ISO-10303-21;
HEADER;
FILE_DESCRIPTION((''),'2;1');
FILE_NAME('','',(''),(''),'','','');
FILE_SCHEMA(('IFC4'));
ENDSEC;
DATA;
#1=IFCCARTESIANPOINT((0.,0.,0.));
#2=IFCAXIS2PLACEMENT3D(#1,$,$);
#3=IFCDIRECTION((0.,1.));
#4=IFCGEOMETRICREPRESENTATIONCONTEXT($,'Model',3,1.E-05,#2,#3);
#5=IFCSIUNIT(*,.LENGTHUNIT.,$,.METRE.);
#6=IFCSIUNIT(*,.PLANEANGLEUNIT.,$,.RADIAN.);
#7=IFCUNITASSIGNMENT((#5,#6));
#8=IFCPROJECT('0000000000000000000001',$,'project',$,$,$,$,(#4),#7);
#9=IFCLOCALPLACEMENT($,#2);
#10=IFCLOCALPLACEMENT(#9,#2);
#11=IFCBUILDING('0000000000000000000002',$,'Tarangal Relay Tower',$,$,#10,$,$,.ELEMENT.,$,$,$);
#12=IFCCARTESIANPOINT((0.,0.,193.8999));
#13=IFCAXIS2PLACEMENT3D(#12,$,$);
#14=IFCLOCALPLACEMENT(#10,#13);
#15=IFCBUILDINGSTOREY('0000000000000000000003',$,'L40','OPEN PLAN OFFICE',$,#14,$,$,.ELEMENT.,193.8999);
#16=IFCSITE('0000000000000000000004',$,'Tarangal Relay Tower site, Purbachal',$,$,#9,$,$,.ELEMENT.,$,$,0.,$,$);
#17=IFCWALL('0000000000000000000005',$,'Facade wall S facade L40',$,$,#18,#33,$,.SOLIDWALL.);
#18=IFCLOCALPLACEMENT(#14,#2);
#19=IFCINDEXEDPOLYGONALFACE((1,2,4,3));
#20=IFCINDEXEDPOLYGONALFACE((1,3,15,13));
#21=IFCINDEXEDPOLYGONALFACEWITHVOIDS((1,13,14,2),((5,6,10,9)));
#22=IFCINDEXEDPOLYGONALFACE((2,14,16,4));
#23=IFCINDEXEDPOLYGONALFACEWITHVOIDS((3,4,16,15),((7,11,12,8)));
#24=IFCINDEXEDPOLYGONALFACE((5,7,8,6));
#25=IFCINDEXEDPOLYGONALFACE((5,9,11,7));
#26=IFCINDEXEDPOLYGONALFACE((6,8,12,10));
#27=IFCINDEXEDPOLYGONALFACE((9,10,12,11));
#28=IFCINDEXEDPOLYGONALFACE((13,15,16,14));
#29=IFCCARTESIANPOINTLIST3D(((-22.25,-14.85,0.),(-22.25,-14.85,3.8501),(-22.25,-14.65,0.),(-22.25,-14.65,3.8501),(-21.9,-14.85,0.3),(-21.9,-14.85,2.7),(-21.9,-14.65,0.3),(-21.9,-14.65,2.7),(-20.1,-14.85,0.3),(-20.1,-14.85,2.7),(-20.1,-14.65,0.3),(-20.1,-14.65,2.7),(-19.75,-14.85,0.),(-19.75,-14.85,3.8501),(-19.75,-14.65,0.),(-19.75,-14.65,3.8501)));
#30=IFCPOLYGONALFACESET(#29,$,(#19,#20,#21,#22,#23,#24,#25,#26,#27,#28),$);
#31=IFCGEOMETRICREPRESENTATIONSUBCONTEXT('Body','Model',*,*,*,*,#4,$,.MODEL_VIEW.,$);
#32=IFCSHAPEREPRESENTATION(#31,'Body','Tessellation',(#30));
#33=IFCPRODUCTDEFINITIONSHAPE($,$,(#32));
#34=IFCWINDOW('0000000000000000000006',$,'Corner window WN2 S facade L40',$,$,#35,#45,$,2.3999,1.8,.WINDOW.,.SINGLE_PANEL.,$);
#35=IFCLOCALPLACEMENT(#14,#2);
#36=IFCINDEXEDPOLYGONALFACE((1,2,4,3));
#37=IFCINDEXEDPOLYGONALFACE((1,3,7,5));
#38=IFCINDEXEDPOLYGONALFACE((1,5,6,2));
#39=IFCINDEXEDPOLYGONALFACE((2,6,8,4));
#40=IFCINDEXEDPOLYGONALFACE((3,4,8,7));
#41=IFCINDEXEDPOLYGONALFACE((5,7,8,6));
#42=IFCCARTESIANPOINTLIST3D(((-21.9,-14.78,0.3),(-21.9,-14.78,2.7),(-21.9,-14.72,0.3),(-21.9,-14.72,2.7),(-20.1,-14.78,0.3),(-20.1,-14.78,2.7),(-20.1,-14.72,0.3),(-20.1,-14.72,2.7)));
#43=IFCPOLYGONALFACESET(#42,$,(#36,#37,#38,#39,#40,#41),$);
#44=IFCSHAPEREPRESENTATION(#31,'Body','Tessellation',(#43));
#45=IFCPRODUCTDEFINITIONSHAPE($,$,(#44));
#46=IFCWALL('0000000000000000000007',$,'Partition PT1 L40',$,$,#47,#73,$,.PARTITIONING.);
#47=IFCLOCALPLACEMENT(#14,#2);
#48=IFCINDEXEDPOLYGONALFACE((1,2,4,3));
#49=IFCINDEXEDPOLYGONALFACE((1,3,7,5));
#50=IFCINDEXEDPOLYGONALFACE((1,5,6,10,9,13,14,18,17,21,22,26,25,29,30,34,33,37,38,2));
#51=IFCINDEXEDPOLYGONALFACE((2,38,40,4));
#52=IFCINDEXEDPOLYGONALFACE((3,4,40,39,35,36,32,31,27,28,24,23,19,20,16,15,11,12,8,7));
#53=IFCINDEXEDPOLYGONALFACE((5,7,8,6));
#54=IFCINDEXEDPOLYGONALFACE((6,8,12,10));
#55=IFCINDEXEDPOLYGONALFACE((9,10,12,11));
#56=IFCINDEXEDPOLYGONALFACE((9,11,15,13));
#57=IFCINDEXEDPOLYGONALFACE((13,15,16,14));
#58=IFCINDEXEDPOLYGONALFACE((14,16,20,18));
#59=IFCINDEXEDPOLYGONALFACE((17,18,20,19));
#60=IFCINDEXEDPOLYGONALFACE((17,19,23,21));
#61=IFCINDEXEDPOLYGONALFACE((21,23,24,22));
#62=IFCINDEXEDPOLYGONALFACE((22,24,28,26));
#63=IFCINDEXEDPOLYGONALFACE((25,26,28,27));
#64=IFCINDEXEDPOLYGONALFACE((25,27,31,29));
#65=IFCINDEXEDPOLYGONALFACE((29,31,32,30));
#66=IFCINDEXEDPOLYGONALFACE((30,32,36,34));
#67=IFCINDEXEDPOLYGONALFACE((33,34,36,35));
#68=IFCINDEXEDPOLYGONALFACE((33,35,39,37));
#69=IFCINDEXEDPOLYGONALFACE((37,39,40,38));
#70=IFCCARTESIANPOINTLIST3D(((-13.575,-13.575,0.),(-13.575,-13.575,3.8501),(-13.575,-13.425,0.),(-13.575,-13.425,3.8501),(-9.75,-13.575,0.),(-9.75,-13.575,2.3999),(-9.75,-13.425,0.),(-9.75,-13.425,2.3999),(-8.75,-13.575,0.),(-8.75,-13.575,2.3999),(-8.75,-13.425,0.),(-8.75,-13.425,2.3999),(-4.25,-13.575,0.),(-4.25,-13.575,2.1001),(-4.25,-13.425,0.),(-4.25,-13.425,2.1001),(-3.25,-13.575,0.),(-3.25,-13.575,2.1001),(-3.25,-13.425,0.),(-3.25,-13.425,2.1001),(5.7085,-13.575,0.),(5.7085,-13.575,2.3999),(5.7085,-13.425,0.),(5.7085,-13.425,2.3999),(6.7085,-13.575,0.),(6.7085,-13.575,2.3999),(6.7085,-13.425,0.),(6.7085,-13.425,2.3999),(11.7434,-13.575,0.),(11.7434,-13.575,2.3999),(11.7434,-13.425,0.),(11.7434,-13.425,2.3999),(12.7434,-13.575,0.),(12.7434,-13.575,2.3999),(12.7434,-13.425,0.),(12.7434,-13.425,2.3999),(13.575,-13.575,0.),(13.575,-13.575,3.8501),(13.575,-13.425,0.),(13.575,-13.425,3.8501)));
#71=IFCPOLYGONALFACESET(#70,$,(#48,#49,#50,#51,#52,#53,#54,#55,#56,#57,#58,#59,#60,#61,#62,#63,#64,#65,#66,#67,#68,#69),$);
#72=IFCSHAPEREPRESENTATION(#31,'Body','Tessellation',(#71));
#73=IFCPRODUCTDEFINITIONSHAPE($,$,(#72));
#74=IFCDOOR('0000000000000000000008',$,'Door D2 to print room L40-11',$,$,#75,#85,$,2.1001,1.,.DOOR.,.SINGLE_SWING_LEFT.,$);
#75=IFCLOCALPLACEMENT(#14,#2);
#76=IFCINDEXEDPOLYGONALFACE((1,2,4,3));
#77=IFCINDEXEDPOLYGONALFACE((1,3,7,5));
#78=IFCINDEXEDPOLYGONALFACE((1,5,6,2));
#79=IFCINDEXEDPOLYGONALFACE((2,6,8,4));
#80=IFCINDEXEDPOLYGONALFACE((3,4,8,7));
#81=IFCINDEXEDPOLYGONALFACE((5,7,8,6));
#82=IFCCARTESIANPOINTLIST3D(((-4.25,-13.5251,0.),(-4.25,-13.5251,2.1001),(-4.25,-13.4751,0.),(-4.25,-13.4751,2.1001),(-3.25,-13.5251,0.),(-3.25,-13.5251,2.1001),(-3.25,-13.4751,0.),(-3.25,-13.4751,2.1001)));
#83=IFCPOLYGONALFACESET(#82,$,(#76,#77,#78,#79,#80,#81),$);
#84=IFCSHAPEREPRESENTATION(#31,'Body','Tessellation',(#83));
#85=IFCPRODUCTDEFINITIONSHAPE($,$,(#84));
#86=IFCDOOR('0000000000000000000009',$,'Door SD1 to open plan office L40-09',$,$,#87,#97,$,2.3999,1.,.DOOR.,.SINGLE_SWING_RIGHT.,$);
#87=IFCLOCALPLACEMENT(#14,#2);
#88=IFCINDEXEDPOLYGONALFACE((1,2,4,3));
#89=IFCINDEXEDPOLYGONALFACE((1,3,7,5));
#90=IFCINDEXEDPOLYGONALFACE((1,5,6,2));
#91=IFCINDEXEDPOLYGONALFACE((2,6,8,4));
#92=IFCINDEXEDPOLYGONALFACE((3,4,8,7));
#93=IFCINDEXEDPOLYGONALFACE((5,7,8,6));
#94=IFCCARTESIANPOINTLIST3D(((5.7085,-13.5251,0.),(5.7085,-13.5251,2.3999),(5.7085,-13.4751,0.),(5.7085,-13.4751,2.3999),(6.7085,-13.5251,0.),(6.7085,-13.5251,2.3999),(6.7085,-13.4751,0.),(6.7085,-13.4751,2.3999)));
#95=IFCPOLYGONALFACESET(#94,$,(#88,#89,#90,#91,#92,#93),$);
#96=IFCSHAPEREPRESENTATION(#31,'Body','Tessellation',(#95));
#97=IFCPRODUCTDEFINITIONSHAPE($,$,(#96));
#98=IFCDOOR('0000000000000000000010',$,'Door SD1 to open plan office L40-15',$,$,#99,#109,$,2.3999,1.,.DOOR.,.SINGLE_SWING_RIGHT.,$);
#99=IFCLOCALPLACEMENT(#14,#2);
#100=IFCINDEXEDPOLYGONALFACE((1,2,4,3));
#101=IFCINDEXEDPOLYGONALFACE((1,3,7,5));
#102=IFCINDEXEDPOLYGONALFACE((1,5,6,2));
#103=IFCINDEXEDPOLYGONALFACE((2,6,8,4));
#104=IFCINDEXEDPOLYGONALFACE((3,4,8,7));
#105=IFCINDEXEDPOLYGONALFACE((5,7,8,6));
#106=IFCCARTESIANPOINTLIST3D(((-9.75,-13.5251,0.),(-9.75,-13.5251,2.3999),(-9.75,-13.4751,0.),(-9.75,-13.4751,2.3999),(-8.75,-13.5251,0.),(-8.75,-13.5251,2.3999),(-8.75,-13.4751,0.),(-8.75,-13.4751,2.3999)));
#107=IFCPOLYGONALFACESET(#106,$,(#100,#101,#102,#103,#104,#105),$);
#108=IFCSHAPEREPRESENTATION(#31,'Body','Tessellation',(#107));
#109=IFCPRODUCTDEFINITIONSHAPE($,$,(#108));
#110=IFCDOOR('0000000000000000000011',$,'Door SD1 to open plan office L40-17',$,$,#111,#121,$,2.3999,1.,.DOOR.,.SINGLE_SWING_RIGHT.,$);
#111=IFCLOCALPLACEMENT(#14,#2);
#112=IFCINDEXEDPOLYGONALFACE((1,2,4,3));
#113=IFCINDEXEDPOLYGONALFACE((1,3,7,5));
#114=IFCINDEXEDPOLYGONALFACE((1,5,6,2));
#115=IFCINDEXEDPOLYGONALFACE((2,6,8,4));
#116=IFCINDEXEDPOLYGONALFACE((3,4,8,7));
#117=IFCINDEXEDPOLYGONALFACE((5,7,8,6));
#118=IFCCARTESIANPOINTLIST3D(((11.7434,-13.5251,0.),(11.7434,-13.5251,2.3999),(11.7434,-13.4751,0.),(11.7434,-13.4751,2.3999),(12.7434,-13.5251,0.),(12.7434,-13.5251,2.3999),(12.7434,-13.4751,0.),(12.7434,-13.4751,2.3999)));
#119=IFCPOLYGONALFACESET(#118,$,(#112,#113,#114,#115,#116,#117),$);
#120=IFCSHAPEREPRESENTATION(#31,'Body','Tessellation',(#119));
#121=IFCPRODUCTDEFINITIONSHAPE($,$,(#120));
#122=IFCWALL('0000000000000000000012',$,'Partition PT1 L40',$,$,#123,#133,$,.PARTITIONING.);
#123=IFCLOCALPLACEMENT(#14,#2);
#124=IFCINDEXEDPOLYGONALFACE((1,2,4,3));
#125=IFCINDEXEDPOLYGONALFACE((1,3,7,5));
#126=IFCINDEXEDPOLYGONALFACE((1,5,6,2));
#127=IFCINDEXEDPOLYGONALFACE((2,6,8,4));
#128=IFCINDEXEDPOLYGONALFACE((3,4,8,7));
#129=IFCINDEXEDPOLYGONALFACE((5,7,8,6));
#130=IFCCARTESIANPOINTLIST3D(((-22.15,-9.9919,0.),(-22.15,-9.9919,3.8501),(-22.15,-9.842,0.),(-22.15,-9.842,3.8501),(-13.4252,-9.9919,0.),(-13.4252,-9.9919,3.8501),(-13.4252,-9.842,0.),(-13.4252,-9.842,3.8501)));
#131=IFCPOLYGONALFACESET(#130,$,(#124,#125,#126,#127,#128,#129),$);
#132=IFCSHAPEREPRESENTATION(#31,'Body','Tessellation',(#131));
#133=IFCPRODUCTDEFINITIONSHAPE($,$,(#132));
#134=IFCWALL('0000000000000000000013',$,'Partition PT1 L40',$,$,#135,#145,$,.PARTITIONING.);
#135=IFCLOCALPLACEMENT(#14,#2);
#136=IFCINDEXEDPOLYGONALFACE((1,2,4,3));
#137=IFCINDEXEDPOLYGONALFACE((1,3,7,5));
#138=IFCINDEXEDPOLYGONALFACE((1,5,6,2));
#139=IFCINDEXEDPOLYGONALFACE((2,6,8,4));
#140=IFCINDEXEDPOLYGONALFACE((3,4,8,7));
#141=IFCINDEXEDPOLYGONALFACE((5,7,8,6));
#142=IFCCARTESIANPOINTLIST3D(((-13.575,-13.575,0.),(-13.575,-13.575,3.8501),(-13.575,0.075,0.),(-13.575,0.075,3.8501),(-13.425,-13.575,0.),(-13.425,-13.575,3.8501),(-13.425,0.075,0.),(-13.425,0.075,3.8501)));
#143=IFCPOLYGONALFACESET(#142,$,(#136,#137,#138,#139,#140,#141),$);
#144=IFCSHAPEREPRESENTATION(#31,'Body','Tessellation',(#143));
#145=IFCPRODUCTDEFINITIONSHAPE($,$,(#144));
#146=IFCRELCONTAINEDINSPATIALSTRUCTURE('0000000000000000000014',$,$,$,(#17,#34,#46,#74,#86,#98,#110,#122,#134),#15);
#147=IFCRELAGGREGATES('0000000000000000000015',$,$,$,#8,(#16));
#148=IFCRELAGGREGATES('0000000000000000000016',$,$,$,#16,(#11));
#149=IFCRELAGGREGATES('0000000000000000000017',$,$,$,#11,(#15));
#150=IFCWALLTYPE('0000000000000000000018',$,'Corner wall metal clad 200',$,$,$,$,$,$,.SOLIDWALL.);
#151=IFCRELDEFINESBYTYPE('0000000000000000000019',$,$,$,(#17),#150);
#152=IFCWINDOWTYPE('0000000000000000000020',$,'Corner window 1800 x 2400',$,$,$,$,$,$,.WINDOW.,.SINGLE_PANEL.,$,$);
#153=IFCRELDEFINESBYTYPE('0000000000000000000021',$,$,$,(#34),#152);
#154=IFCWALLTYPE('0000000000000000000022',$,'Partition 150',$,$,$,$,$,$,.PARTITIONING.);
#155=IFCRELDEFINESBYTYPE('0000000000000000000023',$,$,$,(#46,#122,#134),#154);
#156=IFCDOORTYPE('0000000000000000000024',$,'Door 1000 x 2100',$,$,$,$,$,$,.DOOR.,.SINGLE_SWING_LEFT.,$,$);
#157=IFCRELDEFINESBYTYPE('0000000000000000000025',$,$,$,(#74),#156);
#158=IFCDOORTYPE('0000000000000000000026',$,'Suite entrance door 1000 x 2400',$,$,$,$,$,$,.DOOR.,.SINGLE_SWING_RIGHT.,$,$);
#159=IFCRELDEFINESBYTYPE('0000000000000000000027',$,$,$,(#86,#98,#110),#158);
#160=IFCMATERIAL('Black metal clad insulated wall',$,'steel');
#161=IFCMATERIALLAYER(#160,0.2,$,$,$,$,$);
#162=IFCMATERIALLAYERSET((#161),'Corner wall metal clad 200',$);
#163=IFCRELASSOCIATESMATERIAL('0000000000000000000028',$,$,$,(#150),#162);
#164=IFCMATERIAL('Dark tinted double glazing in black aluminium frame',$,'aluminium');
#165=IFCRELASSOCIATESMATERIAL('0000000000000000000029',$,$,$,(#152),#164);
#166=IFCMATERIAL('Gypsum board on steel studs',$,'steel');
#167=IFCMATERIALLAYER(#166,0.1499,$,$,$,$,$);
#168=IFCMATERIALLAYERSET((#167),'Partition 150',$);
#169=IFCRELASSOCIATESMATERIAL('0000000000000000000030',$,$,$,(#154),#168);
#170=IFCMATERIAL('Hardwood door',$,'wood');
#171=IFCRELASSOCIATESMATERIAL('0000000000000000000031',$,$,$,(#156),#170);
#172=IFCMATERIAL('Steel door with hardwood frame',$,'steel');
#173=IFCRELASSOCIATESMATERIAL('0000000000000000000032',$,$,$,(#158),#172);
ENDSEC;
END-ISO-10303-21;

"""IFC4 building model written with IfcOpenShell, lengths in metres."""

from ifc_helpers import new_model, si_unit, direction, frame, frame_2d, origin, place, context, subcontext, project, spatial, rectangle, extrude, material, layer, layer_set, type_object, element, fill, save


model = new_model("IFC4")

# Units and contexts
model_context = context("Model", 3, precision=1e-05, world=origin(), true_north=direction((0.0, 1.0)))
body_context = subcontext(model_context, "Body", "Model", "MODEL_VIEW")
ifc_project = project(units=[si_unit("LENGTHUNIT", "METRE"), si_unit("PLANEANGLEUNIT", "RADIAN")], contexts=[model_context])

# Site, building, storey
site_placement = place(None, origin())
site = spatial("IfcSite", under=ifc_project, at=site_placement, Name="Tarangal Relay Tower site, Purbachal", CompositionType="ELEMENT", RefElevation=0.0)
building_placement = place(site_placement, origin())
building = spatial("IfcBuilding", under=site, at=building_placement, Name="Tarangal Relay Tower", CompositionType="ELEMENT")
storey_placement = place(building_placement, frame((0.0, 0.0, 193.8999)))
storey = spatial("IfcBuildingStorey", under=building, at=storey_placement, Name="L40", Description="OPEN PLAN OFFICE", CompositionType="ELEMENT", Elevation=193.8999)

# Shared definitions
ifc_material_1 = material(Name="Black metal clad insulated wall", Category="steel")
ifc_layer_1 = layer(ifc_material_1, 0.2)
ifc_layer_set_1 = layer_set([ifc_layer_1], Name="Corner wall metal clad 200")
wall_type_1 = type_object("IfcWallType", Name="Corner wall metal clad 200", PredefinedType="SOLIDWALL", material=ifc_layer_set_1)
ifc_material_2 = material(Name="Dark tinted double glazing in black aluminium frame", Category="aluminium")
window_type = type_object("IfcWindowType", Name="Corner window 1800 x 2400", PartitioningType="SINGLE_PANEL", PredefinedType="WINDOW", material=ifc_material_2)

# Wall, opening, window
wall_1_placement = place(storey_placement, frame((-19.75, -14.75, 0.0), z_axis=(0.0, 0.0, 1.0), x_axis=(-1.0, 0.0, 0.0)))
wall_1 = element("IfcWall", 1, at=wall_1_placement, inside=storey, type_object=wall_type_1, Name="Facade wall S facade L40", PredefinedType="SOLIDWALL", context=body_context, shape_type="SweptSolid", body=[
    extrude(rectangle(XDim=2.5, YDim=0.2, at=frame_2d((1.25, 0.0))), origin(), (0.0, 0.0, 1.0), 3.8501),
])
opening_1_placement = place(wall_1_placement, frame((0.3501, 0.0, 0.3)))
opening_1 = element("IfcOpeningElement", 2, at=opening_1_placement, cuts=wall_1, PredefinedType="OPENING", context=body_context, shape_type="SweptSolid", body=[
    extrude(rectangle(XDim=1.8, YDim=2.3999, at=frame_2d((0.8999, 1.2))), frame((0.0, 0.1099, 0.0), z_axis=(0.0, -1.0, 0.0), x_axis=(1.0, 0.0, 0.0)), (0.0, 0.0, 1.0), 0.22),
])
window_1_placement = place(opening_1_placement, origin())
window_1 = element("IfcWindow", 3, at=window_1_placement, inside=storey, type_object=window_type, Name="Corner window WN2 S facade L40", OverallHeight=2.3999, OverallWidth=1.8, PartitioningType="SINGLE_PANEL", PredefinedType="WINDOW", context=body_context, shape_type="SweptSolid", body=[
    extrude(rectangle(XDim=1.8, YDim=2.3999, at=frame_2d((0.8999, 1.2))), frame((0.0, 0.03, 0.0), z_axis=(0.0, -1.0, 0.0), x_axis=(1.0, 0.0, 0.0)), (0.0, 0.0, 1.0), 0.0601),
])
fill(opening_1, window_1)

# Wall, openings, doors
ifc_material_3 = material(Name="Gypsum board on steel studs", Category="steel")
ifc_layer_2 = layer(ifc_material_3, 0.1499)
ifc_layer_set_2 = layer_set([ifc_layer_2], Name="Partition 150")
wall_type_2 = type_object("IfcWallType", Name="Partition 150", PredefinedType="PARTITIONING", material=ifc_layer_set_2)
wall_2_placement = place(storey_placement, frame((-13.575, -13.5, 0.0), z_axis=(0.0, 0.0, 1.0), x_axis=(1.0, 0.0, 0.0)))
wall_2 = element("IfcWall", 4, at=wall_2_placement, inside=storey, type_object=wall_type_2, Name="Partition PT1 L40", PredefinedType="PARTITIONING", context=body_context, shape_type="SweptSolid", body=[
    extrude(rectangle(XDim=27.1499, YDim=0.1499, at=frame_2d((13.575, 0.0))), origin(), (0.0, 0.0, 1.0), 3.8501),
])
opening_2_placement = place(wall_2_placement, frame((19.2834, 0.0, 0.0)))
opening_2 = element("IfcOpeningElement", 5, at=opening_2_placement, cuts=wall_2, PredefinedType="OPENING", context=body_context, shape_type="SweptSolid", body=[
    extrude(rectangle(XDim=1.0, YDim=2.3999, at=frame_2d((0.5, 1.2))), frame((0.0, 0.085, 0.0), z_axis=(0.0, -1.0, 0.0), x_axis=(1.0, 0.0, 0.0)), (0.0, 0.0, 1.0), 0.1699),
])
opening_3_placement = place(wall_2_placement, frame((9.325, 0.0, 0.0)))
opening_3 = element("IfcOpeningElement", 6, at=opening_3_placement, cuts=wall_2, PredefinedType="OPENING", context=body_context, shape_type="SweptSolid", body=[
    extrude(rectangle(XDim=1.0, YDim=2.1001, at=frame_2d((0.5, 1.05))), frame((0.0, 0.085, 0.0), z_axis=(0.0, -1.0, 0.0), x_axis=(1.0, 0.0, 0.0)), (0.0, 0.0, 1.0), 0.1699),
])
opening_4_placement = place(wall_2_placement, frame((3.825, 0.0, 0.0)))
opening_4 = element("IfcOpeningElement", 7, at=opening_4_placement, cuts=wall_2, PredefinedType="OPENING", context=body_context, shape_type="SweptSolid", body=[
    extrude(rectangle(XDim=1.0, YDim=2.3999, at=frame_2d((0.5, 1.2))), frame((0.0, 0.085, 0.0), z_axis=(0.0, -1.0, 0.0), x_axis=(1.0, 0.0, 0.0)), (0.0, 0.0, 1.0), 0.1699),
])
opening_5_placement = place(wall_2_placement, frame((25.3184, 0.0, 0.0)))
opening_5 = element("IfcOpeningElement", 8, at=opening_5_placement, cuts=wall_2, PredefinedType="OPENING", context=body_context, shape_type="SweptSolid", body=[
    extrude(rectangle(XDim=1.0, YDim=2.3999, at=frame_2d((0.5, 1.2))), frame((0.0, 0.085, 0.0), z_axis=(0.0, -1.0, 0.0), x_axis=(1.0, 0.0, 0.0)), (0.0, 0.0, 1.0), 0.1699),
])
ifc_material_4 = material(Name="Hardwood door", Category="wood")
door_type_1 = type_object("IfcDoorType", Name="Door 1000 x 2100", OperationType="SINGLE_SWING_LEFT", PredefinedType="DOOR", material=ifc_material_4)
door_1_placement = place(opening_3_placement, origin())
door_1 = element("IfcDoor", 9, at=door_1_placement, inside=storey, type_object=door_type_1, Name="Door D2 to print room L40-11", OperationType="SINGLE_SWING_LEFT", OverallHeight=2.1001, OverallWidth=1.0, PredefinedType="DOOR", context=body_context, shape_type="SweptSolid", body=[
    extrude(rectangle(XDim=1.0, YDim=2.1001, at=frame_2d((0.5, 1.05))), frame((0.0, 0.0249, 0.0), z_axis=(0.0, -1.0, 0.0), x_axis=(1.0, 0.0, 0.0)), (0.0, 0.0, 1.0), 0.05),
])
fill(opening_3, door_1)
ifc_material_5 = material(Name="Steel door with hardwood frame", Category="steel")
door_type_2 = type_object("IfcDoorType", Name="Suite entrance door 1000 x 2400", OperationType="SINGLE_SWING_RIGHT", PredefinedType="DOOR", material=ifc_material_5)
door_2_placement = place(opening_2_placement, origin())
door_2 = element("IfcDoor", 10, at=door_2_placement, inside=storey, type_object=door_type_2, Name="Door SD1 to open plan office L40-09", OperationType="SINGLE_SWING_RIGHT", OverallHeight=2.3999, OverallWidth=1.0, PredefinedType="DOOR", context=body_context, shape_type="SweptSolid", body=[
    extrude(rectangle(XDim=1.0, YDim=2.3999, at=frame_2d((0.5, 1.2))), frame((0.0, 0.0249, 0.0), z_axis=(0.0, -1.0, 0.0), x_axis=(1.0, 0.0, 0.0)), (0.0, 0.0, 1.0), 0.05),
])
fill(opening_2, door_2)
door_3_placement = place(opening_4_placement, origin())
door_3 = element("IfcDoor", 11, at=door_3_placement, inside=storey, type_object=door_type_2, Name="Door SD1 to open plan office L40-15", OperationType="SINGLE_SWING_RIGHT", OverallHeight=2.3999, OverallWidth=1.0, PredefinedType="DOOR", context=body_context, shape_type="SweptSolid", body=[
    extrude(rectangle(XDim=1.0, YDim=2.3999, at=frame_2d((0.5, 1.2))), frame((0.0, 0.0249, 0.0), z_axis=(0.0, -1.0, 0.0), x_axis=(1.0, 0.0, 0.0)), (0.0, 0.0, 1.0), 0.05),
])
fill(opening_4, door_3)
door_4_placement = place(opening_5_placement, origin())
door_4 = element("IfcDoor", 12, at=door_4_placement, inside=storey, type_object=door_type_2, Name="Door SD1 to open plan office L40-17", OperationType="SINGLE_SWING_RIGHT", OverallHeight=2.3999, OverallWidth=1.0, PredefinedType="DOOR", context=body_context, shape_type="SweptSolid", body=[
    extrude(rectangle(XDim=1.0, YDim=2.3999, at=frame_2d((0.5, 1.2))), frame((0.0, 0.0249, 0.0), z_axis=(0.0, -1.0, 0.0), x_axis=(1.0, 0.0, 0.0)), (0.0, 0.0, 1.0), 0.05),
])
fill(opening_5, door_4)

# Walls
wall_3_placement = place(storey_placement, frame((-22.1499, -9.917, 0.0), z_axis=(0.0, 0.0, 1.0), x_axis=(1.0, 0.0, 0.0)))
element("IfcWall", 13, at=wall_3_placement, inside=storey, type_object=wall_type_2, Name="Partition PT1 L40", PredefinedType="PARTITIONING", context=body_context, shape_type="SweptSolid", body=[
    extrude(rectangle(XDim=8.7249, YDim=0.1499, at=frame_2d((4.3623, 0.0))), origin(), (0.0, 0.0, 1.0), 3.8501),
])
wall_4_placement = place(storey_placement, frame((-13.5, -13.575, 0.0), z_axis=(0.0, 0.0, 1.0), x_axis=(0.0, 1.0, 0.0)))
element("IfcWall", 14, at=wall_4_placement, inside=storey, type_object=wall_type_2, Name="Partition PT1 L40", PredefinedType="PARTITIONING", context=body_context, shape_type="SweptSolid", body=[
    extrude(rectangle(XDim=13.6499, YDim=0.1499, at=frame_2d((6.825, 0.0))), origin(), (0.0, 0.0, 1.0), 3.8501),
])

save(model, "model.ifc")
